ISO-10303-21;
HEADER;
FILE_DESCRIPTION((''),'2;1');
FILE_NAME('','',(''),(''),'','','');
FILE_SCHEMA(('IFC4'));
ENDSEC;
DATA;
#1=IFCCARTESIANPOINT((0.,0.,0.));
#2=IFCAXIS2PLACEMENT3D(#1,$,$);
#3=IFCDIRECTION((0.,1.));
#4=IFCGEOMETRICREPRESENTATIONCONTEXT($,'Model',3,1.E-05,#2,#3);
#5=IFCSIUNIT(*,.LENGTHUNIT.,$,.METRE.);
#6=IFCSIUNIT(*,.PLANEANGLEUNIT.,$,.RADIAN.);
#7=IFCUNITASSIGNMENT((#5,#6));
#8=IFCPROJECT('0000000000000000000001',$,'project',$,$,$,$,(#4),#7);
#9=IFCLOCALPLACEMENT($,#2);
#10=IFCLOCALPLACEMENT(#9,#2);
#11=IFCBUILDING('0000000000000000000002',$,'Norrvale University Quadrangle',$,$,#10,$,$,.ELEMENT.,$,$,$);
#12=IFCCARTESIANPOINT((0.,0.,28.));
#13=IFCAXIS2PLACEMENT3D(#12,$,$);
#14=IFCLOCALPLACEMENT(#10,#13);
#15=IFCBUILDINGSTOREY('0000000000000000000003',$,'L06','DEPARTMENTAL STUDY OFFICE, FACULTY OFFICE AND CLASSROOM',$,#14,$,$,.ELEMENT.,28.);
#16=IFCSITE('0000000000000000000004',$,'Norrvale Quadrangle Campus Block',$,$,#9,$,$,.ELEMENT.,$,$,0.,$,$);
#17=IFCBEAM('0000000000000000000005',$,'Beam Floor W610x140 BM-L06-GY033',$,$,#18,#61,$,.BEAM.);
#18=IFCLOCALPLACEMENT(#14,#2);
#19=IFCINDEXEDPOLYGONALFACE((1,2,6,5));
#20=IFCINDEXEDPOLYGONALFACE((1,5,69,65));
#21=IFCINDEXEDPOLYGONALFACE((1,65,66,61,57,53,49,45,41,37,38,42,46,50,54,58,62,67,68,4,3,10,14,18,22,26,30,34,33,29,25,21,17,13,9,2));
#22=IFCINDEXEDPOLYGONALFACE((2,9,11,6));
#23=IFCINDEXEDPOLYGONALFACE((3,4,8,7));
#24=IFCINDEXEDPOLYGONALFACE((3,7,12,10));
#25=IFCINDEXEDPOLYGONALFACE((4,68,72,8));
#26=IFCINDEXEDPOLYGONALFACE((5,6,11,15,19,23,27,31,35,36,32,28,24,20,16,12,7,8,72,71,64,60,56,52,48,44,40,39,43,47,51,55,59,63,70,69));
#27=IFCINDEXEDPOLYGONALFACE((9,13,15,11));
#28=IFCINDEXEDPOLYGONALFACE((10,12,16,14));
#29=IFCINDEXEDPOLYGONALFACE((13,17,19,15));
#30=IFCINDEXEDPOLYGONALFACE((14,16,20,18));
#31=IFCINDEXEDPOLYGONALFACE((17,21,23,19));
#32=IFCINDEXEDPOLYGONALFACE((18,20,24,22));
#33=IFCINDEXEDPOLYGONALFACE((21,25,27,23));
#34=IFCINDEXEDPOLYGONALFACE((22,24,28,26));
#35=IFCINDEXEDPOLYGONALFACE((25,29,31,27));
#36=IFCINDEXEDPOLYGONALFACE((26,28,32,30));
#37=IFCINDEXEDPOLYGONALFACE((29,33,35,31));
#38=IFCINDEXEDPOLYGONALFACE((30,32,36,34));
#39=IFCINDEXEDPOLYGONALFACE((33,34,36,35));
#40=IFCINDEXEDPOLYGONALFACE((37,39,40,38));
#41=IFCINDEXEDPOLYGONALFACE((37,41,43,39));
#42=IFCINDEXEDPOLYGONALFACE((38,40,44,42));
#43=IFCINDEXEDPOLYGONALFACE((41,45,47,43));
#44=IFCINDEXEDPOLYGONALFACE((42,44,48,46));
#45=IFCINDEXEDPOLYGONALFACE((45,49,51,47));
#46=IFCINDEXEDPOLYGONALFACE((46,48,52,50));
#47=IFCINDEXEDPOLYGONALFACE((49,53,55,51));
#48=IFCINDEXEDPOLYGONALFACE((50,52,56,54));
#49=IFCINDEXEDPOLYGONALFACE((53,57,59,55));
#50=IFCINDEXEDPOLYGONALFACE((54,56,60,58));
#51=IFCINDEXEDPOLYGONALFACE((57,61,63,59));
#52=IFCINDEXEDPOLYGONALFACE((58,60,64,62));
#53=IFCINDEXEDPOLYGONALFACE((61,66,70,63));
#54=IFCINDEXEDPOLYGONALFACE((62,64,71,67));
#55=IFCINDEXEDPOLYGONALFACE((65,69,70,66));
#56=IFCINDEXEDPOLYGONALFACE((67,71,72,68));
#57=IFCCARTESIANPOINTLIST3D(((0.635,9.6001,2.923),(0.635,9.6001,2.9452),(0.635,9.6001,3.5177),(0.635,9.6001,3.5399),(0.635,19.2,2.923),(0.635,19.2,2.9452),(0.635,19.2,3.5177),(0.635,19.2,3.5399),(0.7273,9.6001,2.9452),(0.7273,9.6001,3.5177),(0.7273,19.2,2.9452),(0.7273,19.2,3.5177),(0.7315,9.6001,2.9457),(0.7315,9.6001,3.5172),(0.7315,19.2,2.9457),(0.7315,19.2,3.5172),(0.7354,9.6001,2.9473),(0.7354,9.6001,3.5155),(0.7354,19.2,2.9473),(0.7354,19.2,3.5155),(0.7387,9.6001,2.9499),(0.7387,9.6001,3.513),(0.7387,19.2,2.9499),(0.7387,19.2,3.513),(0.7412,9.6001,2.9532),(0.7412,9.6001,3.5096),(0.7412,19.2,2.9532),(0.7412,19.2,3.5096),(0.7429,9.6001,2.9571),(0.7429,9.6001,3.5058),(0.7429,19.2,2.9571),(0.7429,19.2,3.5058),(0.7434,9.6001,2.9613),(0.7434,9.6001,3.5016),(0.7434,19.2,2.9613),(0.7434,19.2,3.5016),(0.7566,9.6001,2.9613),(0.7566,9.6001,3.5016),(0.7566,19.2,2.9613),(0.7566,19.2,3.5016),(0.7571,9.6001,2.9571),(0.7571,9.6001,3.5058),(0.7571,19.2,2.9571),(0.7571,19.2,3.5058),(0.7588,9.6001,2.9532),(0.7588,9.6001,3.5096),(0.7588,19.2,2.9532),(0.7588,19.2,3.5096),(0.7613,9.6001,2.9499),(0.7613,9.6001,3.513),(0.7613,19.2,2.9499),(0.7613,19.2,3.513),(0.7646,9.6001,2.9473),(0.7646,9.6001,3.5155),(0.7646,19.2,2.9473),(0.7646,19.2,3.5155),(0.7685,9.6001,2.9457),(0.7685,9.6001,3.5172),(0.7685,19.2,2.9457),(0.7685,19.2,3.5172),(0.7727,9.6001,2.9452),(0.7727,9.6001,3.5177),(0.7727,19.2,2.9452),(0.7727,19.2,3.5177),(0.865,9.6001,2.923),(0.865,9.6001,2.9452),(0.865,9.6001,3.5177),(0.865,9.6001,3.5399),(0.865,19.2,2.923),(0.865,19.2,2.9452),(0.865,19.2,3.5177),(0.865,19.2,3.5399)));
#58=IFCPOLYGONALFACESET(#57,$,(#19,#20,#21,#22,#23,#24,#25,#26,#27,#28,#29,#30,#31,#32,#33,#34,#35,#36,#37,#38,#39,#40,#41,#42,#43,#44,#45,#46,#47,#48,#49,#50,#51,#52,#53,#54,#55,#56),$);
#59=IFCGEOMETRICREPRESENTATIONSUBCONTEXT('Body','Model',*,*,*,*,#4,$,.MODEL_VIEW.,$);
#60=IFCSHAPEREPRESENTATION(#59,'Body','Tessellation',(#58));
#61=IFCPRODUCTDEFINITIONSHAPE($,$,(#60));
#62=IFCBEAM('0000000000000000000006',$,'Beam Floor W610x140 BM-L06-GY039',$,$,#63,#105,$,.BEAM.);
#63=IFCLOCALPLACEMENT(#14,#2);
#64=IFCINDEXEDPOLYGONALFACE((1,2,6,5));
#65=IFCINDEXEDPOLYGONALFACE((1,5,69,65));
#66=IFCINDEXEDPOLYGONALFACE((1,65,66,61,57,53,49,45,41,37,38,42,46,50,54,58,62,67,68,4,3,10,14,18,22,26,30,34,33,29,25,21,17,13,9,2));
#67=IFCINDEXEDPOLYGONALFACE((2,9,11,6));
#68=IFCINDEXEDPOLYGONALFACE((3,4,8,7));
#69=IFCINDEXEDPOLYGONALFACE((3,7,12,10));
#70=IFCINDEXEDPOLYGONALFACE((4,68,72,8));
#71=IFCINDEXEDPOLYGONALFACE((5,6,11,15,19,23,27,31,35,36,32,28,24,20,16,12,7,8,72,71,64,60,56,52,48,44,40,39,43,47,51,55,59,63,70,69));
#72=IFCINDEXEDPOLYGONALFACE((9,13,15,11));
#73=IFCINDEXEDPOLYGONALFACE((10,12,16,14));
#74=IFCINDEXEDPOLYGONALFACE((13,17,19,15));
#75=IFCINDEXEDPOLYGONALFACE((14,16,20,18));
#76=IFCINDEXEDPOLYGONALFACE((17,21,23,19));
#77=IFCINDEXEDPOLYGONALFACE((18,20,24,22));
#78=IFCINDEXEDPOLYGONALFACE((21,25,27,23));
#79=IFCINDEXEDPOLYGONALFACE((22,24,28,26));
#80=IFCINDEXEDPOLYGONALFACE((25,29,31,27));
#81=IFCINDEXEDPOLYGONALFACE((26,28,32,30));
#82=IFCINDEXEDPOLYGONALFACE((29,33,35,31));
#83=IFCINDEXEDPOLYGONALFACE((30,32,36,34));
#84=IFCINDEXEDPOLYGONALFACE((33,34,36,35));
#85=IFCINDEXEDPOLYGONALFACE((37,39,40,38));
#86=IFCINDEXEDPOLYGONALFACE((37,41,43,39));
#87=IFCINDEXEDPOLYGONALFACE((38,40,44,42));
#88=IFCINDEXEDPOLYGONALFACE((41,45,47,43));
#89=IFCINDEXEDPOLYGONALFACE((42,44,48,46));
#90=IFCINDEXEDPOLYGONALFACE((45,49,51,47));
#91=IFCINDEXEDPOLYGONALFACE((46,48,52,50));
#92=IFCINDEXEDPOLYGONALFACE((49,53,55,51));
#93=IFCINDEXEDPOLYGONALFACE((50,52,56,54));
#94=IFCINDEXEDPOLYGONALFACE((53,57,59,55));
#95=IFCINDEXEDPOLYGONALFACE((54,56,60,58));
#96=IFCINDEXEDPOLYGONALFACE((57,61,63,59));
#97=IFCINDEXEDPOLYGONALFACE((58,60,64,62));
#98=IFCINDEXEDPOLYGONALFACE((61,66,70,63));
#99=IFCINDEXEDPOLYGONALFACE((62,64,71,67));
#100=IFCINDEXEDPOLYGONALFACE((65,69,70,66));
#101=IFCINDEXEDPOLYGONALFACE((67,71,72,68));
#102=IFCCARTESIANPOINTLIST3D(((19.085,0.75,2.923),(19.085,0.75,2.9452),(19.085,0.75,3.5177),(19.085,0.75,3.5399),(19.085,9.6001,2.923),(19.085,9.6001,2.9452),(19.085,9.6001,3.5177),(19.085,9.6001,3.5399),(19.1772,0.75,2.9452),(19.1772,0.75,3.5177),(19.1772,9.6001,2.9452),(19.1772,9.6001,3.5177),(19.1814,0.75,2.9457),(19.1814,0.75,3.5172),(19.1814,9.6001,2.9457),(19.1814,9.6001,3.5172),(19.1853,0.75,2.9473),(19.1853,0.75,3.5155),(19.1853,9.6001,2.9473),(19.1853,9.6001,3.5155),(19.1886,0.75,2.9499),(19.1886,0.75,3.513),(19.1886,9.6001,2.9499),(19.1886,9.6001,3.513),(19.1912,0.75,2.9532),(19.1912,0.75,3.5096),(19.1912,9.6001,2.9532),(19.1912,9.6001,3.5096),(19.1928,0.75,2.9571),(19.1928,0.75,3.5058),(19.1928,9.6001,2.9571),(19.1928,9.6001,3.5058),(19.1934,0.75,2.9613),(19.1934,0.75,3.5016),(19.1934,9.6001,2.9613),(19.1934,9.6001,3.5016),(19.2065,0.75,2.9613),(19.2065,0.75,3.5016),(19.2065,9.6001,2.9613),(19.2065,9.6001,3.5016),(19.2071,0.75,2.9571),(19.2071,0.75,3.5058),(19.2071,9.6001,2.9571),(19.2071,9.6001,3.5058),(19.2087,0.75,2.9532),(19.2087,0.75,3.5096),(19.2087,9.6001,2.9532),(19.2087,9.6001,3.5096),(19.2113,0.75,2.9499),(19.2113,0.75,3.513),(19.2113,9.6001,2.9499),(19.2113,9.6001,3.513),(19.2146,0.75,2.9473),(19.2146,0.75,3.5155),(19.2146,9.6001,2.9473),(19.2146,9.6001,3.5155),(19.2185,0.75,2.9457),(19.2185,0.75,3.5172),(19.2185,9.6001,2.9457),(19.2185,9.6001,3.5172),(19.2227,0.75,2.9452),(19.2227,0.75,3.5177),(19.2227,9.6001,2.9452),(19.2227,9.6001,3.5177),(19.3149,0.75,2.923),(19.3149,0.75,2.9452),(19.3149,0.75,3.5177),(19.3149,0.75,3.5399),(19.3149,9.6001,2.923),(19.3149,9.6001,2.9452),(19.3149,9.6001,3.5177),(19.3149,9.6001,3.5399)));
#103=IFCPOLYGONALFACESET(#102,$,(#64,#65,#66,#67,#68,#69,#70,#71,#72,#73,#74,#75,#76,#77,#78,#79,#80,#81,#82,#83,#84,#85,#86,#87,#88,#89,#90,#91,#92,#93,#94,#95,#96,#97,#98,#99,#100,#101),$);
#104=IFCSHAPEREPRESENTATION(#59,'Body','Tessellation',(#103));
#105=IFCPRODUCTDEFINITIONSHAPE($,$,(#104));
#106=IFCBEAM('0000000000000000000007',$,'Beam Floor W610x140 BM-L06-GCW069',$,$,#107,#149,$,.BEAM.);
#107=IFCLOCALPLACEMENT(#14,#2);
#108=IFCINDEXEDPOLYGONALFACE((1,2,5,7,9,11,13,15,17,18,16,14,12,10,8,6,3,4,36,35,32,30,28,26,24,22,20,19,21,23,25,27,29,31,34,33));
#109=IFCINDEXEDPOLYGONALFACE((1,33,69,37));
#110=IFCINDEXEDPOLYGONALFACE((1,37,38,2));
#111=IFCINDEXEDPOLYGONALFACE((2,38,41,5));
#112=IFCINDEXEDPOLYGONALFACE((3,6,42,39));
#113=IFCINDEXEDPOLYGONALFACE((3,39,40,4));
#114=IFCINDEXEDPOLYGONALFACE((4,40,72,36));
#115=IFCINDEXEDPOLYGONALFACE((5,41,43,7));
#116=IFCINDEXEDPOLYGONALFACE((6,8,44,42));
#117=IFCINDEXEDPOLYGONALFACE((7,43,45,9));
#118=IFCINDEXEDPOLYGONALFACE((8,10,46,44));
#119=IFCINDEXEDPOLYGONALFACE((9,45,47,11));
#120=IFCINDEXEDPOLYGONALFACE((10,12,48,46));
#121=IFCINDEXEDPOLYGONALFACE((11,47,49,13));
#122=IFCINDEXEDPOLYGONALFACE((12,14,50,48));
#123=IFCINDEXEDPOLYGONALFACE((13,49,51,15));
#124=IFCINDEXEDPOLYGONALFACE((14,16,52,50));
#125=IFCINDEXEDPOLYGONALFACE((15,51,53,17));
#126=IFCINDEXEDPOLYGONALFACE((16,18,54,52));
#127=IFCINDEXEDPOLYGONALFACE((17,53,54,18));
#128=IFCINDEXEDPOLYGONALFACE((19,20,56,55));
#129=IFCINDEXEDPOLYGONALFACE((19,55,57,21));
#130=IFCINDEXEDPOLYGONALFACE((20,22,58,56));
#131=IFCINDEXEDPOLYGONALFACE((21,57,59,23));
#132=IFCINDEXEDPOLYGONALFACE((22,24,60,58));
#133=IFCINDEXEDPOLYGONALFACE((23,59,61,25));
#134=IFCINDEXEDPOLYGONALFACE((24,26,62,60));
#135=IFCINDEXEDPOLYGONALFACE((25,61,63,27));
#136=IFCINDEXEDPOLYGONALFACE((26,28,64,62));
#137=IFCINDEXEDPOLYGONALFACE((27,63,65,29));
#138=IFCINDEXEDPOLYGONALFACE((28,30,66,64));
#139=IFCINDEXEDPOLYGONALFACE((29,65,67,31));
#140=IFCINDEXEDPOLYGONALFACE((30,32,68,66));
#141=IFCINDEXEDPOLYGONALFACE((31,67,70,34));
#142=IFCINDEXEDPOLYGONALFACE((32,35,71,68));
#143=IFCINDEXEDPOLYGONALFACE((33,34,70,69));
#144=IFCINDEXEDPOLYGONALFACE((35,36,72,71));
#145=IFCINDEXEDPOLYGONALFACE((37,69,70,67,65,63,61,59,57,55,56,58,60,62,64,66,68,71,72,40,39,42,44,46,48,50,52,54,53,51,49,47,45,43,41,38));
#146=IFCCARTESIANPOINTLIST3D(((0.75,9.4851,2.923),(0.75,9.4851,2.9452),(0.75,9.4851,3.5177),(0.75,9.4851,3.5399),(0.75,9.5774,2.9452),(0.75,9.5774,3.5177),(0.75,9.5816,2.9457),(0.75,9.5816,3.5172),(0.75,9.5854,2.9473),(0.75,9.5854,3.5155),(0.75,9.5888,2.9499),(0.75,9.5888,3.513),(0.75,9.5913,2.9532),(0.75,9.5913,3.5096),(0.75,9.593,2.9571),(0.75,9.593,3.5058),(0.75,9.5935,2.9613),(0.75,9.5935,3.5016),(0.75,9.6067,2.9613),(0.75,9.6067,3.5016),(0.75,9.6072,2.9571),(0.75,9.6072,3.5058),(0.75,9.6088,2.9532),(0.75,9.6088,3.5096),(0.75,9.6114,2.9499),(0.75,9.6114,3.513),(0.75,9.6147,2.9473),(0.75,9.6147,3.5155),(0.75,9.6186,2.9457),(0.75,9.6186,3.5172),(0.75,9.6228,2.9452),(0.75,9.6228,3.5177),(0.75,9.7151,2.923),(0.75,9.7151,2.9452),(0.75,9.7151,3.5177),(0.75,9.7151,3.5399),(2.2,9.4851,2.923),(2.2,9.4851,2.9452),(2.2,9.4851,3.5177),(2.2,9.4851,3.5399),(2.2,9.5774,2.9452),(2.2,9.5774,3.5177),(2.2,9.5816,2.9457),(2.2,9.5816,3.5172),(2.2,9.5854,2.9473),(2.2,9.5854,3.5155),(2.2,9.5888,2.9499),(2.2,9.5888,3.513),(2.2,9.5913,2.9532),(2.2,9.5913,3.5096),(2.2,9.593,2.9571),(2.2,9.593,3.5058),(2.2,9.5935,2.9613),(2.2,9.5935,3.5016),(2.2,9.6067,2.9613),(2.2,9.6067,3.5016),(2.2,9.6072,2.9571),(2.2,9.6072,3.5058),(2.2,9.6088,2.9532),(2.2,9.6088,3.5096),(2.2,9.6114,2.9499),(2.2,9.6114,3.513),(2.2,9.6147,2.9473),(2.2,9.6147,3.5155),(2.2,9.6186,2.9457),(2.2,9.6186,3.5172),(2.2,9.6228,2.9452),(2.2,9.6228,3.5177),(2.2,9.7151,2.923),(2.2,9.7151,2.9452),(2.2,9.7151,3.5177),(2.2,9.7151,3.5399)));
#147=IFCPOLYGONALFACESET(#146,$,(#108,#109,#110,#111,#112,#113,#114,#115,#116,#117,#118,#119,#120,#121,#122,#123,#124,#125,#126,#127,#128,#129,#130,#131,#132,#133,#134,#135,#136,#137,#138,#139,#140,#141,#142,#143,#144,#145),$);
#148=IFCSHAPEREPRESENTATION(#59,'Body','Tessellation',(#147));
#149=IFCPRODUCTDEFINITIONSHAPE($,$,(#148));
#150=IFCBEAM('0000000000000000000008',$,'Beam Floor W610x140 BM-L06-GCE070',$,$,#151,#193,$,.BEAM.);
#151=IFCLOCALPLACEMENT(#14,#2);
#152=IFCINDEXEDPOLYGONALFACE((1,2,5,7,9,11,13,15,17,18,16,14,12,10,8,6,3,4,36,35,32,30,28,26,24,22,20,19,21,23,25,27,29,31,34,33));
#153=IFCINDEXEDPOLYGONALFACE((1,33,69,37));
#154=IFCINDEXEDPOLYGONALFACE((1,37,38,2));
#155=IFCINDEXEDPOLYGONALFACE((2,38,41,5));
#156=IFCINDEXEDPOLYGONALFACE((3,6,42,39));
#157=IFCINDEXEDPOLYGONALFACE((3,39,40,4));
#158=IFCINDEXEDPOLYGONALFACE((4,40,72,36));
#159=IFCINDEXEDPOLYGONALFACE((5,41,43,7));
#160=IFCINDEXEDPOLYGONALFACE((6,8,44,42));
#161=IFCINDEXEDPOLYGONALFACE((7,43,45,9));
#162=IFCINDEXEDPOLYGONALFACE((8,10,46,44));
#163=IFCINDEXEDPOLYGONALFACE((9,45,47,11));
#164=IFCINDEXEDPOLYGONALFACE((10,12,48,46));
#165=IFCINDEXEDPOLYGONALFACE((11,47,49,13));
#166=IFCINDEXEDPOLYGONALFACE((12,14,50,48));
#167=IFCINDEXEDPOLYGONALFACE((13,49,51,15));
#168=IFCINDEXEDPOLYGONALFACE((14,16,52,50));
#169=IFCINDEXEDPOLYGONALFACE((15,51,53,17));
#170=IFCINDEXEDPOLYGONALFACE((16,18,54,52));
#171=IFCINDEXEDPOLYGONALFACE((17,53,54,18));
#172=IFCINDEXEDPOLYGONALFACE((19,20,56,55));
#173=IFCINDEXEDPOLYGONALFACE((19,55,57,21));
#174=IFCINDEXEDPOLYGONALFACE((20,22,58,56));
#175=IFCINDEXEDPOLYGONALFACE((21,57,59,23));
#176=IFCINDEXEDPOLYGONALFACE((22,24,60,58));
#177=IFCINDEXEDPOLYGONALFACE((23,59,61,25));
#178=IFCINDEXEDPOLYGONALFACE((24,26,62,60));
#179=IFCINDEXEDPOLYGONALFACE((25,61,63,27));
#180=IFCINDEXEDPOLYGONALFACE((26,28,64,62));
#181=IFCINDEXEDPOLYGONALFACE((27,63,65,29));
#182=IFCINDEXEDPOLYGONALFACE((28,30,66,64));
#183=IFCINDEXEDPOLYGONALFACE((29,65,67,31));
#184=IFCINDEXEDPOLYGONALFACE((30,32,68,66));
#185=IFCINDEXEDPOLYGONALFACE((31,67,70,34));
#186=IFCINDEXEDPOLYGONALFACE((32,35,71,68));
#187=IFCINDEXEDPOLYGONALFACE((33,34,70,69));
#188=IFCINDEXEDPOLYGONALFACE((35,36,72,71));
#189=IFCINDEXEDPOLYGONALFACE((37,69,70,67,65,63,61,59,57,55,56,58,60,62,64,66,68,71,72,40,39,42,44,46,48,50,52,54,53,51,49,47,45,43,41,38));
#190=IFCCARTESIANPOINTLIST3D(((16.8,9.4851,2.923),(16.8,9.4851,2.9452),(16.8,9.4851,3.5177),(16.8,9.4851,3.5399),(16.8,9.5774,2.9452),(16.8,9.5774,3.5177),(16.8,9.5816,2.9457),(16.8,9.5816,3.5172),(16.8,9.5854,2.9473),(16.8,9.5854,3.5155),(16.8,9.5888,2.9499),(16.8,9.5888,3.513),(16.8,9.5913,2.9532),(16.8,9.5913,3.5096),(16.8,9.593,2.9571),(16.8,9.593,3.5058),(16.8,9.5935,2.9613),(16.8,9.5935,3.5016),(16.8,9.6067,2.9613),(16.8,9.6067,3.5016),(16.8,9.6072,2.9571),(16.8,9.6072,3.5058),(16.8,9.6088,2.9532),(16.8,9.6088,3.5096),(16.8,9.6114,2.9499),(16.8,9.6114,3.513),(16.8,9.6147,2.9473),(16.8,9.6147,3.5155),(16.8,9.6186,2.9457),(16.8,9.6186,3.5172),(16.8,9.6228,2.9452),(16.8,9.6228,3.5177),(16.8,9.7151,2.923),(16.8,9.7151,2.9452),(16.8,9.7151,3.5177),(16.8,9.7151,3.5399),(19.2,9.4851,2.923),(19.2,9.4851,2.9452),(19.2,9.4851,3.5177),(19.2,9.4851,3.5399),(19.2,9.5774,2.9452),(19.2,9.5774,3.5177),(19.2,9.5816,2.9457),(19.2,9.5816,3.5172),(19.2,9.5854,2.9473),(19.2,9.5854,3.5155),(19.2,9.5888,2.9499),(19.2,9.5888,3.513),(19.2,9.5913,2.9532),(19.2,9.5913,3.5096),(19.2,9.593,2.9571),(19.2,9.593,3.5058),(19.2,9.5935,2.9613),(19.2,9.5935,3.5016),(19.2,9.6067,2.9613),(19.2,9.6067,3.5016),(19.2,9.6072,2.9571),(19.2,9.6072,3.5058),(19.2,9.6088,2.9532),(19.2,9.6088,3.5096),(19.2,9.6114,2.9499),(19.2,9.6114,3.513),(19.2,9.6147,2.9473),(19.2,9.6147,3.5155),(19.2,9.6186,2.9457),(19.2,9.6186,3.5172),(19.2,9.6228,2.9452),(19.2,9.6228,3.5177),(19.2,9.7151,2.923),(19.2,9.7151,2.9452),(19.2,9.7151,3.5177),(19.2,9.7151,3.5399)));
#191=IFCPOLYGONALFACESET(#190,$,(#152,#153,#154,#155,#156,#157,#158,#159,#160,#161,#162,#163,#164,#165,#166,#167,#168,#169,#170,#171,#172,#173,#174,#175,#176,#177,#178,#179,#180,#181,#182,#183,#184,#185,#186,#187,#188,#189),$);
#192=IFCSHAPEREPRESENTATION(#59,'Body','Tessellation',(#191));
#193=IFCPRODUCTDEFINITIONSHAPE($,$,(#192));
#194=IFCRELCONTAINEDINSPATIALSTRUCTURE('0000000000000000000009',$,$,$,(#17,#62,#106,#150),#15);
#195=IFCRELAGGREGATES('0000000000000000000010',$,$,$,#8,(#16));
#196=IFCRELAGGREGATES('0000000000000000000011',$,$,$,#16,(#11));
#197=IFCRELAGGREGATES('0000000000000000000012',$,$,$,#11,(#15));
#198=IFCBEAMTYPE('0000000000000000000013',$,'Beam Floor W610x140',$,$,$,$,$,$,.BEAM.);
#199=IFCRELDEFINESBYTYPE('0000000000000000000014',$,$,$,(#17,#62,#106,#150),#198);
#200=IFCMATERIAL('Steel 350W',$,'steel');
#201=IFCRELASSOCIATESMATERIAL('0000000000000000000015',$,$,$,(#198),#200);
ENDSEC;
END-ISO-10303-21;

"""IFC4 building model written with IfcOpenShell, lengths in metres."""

from ifc_helpers import new_model, si_unit, direction, frame, origin, origin_2d, place, context, subcontext, project, spatial, i_section, extrude, material, material_profile, profile_set, type_object, element, save


model = new_model("IFC4")

# Units and contexts
model_context = context("Model", 3, precision=1e-05, world=origin(), true_north=direction((0.0, 1.0)))
body_context = subcontext(model_context, "Body", "Model", "MODEL_VIEW")
ifc_project = project(units=[si_unit("LENGTHUNIT", "METRE"), si_unit("PLANEANGLEUNIT", "RADIAN")], contexts=[model_context])

# Site, building, storey
site_placement = place(None, origin())
site = spatial("IfcSite", under=ifc_project, at=site_placement, Name="Norrvale Quadrangle Campus Block", CompositionType="ELEMENT", RefElevation=0.0)
building_placement = place(site_placement, origin())
building = spatial("IfcBuilding", under=site, at=building_placement, Name="Norrvale University Quadrangle", CompositionType="ELEMENT")
storey_placement = place(building_placement, frame((0.0, 0.0, 28.0)))
storey = spatial("IfcBuildingStorey", under=building, at=storey_placement, Name="L06", Description="DEPARTMENTAL STUDY OFFICE, FACULTY OFFICE AND CLASSROOM", CompositionType="ELEMENT", Elevation=28.0)

# Beams
ifc_material_1 = material(Name="Steel 350W", Category="steel")
ifc_material_profile_1 = material_profile(ifc_material_1, i_section(OverallWidth=0.23, OverallDepth=0.6169, WebThickness=0.0132, FlangeThickness=0.0222, FilletRadius=0.0161, at=origin_2d()), Name="Steel 350W")
ifc_profile_set_1 = profile_set([ifc_material_profile_1], Name="Steel 350W")
beam_type_1 = type_object("IfcBeamType", Name="Beam Floor W610x140", PredefinedType="BEAM", material=ifc_profile_set_1)
beam_1_placement = place(storey_placement, frame((0.75, 9.6001, 3.2314), z_axis=(0.0, 1.0, 0.0), x_axis=(-1.0, 0.0, 0.0)))
element("IfcBeam", 1, at=beam_1_placement, inside=storey, type_object=beam_type_1, Name="Beam Floor W610x140 BM-L06-GY033", PredefinedType="BEAM", context=body_context, shape_type="SweptSolid", body=[
    extrude(i_section(OverallWidth=0.23, OverallDepth=0.6169, WebThickness=0.0132, FlangeThickness=0.0222, FilletRadius=0.0161, at=origin_2d()), origin(), (0.0, 0.0, 1.0), 9.5999),
])
beam_2_placement = place(storey_placement, frame((19.2, 0.75, 3.2314), z_axis=(0.0, 1.0, 0.0), x_axis=(-1.0, 0.0, 0.0)))
element("IfcBeam", 2, at=beam_2_placement, inside=storey, type_object=beam_type_1, Name="Beam Floor W610x140 BM-L06-GY039", PredefinedType="BEAM", context=body_context, shape_type="SweptSolid", body=[
    extrude(i_section(OverallWidth=0.23, OverallDepth=0.6169, WebThickness=0.0132, FlangeThickness=0.0222, FilletRadius=0.0161, at=origin_2d()), origin(), (0.0, 0.0, 1.0), 8.8501),
])
beam_3_placement = place(storey_placement, frame((0.75, 9.6001, 3.2314), z_axis=(1.0, 0.0, 0.0), x_axis=(0.0, 1.0, 0.0)))
element("IfcBeam", 3, at=beam_3_placement, inside=storey, type_object=beam_type_1, Name="Beam Floor W610x140 BM-L06-GCW069", PredefinedType="BEAM", context=body_context, shape_type="SweptSolid", body=[
    extrude(i_section(OverallWidth=0.23, OverallDepth=0.6169, WebThickness=0.0132, FlangeThickness=0.0222, FilletRadius=0.0161, at=origin_2d()), origin(), (0.0, 0.0, 1.0), 1.45),
])
beam_4_placement = place(storey_placement, frame((16.8, 9.6001, 3.2314), z_axis=(1.0, 0.0, 0.0), x_axis=(0.0, 1.0, 0.0)))
element("IfcBeam", 4, at=beam_4_placement, inside=storey, type_object=beam_type_1, Name="Beam Floor W610x140 BM-L06-GCE070", PredefinedType="BEAM", context=body_context, shape_type="SweptSolid", body=[
    extrude(i_section(OverallWidth=0.23, OverallDepth=0.6169, WebThickness=0.0132, FlangeThickness=0.0222, FilletRadius=0.0161, at=origin_2d()), origin(), (0.0, 0.0, 1.0), 2.3999),
])

save(model, "model.ifc")
